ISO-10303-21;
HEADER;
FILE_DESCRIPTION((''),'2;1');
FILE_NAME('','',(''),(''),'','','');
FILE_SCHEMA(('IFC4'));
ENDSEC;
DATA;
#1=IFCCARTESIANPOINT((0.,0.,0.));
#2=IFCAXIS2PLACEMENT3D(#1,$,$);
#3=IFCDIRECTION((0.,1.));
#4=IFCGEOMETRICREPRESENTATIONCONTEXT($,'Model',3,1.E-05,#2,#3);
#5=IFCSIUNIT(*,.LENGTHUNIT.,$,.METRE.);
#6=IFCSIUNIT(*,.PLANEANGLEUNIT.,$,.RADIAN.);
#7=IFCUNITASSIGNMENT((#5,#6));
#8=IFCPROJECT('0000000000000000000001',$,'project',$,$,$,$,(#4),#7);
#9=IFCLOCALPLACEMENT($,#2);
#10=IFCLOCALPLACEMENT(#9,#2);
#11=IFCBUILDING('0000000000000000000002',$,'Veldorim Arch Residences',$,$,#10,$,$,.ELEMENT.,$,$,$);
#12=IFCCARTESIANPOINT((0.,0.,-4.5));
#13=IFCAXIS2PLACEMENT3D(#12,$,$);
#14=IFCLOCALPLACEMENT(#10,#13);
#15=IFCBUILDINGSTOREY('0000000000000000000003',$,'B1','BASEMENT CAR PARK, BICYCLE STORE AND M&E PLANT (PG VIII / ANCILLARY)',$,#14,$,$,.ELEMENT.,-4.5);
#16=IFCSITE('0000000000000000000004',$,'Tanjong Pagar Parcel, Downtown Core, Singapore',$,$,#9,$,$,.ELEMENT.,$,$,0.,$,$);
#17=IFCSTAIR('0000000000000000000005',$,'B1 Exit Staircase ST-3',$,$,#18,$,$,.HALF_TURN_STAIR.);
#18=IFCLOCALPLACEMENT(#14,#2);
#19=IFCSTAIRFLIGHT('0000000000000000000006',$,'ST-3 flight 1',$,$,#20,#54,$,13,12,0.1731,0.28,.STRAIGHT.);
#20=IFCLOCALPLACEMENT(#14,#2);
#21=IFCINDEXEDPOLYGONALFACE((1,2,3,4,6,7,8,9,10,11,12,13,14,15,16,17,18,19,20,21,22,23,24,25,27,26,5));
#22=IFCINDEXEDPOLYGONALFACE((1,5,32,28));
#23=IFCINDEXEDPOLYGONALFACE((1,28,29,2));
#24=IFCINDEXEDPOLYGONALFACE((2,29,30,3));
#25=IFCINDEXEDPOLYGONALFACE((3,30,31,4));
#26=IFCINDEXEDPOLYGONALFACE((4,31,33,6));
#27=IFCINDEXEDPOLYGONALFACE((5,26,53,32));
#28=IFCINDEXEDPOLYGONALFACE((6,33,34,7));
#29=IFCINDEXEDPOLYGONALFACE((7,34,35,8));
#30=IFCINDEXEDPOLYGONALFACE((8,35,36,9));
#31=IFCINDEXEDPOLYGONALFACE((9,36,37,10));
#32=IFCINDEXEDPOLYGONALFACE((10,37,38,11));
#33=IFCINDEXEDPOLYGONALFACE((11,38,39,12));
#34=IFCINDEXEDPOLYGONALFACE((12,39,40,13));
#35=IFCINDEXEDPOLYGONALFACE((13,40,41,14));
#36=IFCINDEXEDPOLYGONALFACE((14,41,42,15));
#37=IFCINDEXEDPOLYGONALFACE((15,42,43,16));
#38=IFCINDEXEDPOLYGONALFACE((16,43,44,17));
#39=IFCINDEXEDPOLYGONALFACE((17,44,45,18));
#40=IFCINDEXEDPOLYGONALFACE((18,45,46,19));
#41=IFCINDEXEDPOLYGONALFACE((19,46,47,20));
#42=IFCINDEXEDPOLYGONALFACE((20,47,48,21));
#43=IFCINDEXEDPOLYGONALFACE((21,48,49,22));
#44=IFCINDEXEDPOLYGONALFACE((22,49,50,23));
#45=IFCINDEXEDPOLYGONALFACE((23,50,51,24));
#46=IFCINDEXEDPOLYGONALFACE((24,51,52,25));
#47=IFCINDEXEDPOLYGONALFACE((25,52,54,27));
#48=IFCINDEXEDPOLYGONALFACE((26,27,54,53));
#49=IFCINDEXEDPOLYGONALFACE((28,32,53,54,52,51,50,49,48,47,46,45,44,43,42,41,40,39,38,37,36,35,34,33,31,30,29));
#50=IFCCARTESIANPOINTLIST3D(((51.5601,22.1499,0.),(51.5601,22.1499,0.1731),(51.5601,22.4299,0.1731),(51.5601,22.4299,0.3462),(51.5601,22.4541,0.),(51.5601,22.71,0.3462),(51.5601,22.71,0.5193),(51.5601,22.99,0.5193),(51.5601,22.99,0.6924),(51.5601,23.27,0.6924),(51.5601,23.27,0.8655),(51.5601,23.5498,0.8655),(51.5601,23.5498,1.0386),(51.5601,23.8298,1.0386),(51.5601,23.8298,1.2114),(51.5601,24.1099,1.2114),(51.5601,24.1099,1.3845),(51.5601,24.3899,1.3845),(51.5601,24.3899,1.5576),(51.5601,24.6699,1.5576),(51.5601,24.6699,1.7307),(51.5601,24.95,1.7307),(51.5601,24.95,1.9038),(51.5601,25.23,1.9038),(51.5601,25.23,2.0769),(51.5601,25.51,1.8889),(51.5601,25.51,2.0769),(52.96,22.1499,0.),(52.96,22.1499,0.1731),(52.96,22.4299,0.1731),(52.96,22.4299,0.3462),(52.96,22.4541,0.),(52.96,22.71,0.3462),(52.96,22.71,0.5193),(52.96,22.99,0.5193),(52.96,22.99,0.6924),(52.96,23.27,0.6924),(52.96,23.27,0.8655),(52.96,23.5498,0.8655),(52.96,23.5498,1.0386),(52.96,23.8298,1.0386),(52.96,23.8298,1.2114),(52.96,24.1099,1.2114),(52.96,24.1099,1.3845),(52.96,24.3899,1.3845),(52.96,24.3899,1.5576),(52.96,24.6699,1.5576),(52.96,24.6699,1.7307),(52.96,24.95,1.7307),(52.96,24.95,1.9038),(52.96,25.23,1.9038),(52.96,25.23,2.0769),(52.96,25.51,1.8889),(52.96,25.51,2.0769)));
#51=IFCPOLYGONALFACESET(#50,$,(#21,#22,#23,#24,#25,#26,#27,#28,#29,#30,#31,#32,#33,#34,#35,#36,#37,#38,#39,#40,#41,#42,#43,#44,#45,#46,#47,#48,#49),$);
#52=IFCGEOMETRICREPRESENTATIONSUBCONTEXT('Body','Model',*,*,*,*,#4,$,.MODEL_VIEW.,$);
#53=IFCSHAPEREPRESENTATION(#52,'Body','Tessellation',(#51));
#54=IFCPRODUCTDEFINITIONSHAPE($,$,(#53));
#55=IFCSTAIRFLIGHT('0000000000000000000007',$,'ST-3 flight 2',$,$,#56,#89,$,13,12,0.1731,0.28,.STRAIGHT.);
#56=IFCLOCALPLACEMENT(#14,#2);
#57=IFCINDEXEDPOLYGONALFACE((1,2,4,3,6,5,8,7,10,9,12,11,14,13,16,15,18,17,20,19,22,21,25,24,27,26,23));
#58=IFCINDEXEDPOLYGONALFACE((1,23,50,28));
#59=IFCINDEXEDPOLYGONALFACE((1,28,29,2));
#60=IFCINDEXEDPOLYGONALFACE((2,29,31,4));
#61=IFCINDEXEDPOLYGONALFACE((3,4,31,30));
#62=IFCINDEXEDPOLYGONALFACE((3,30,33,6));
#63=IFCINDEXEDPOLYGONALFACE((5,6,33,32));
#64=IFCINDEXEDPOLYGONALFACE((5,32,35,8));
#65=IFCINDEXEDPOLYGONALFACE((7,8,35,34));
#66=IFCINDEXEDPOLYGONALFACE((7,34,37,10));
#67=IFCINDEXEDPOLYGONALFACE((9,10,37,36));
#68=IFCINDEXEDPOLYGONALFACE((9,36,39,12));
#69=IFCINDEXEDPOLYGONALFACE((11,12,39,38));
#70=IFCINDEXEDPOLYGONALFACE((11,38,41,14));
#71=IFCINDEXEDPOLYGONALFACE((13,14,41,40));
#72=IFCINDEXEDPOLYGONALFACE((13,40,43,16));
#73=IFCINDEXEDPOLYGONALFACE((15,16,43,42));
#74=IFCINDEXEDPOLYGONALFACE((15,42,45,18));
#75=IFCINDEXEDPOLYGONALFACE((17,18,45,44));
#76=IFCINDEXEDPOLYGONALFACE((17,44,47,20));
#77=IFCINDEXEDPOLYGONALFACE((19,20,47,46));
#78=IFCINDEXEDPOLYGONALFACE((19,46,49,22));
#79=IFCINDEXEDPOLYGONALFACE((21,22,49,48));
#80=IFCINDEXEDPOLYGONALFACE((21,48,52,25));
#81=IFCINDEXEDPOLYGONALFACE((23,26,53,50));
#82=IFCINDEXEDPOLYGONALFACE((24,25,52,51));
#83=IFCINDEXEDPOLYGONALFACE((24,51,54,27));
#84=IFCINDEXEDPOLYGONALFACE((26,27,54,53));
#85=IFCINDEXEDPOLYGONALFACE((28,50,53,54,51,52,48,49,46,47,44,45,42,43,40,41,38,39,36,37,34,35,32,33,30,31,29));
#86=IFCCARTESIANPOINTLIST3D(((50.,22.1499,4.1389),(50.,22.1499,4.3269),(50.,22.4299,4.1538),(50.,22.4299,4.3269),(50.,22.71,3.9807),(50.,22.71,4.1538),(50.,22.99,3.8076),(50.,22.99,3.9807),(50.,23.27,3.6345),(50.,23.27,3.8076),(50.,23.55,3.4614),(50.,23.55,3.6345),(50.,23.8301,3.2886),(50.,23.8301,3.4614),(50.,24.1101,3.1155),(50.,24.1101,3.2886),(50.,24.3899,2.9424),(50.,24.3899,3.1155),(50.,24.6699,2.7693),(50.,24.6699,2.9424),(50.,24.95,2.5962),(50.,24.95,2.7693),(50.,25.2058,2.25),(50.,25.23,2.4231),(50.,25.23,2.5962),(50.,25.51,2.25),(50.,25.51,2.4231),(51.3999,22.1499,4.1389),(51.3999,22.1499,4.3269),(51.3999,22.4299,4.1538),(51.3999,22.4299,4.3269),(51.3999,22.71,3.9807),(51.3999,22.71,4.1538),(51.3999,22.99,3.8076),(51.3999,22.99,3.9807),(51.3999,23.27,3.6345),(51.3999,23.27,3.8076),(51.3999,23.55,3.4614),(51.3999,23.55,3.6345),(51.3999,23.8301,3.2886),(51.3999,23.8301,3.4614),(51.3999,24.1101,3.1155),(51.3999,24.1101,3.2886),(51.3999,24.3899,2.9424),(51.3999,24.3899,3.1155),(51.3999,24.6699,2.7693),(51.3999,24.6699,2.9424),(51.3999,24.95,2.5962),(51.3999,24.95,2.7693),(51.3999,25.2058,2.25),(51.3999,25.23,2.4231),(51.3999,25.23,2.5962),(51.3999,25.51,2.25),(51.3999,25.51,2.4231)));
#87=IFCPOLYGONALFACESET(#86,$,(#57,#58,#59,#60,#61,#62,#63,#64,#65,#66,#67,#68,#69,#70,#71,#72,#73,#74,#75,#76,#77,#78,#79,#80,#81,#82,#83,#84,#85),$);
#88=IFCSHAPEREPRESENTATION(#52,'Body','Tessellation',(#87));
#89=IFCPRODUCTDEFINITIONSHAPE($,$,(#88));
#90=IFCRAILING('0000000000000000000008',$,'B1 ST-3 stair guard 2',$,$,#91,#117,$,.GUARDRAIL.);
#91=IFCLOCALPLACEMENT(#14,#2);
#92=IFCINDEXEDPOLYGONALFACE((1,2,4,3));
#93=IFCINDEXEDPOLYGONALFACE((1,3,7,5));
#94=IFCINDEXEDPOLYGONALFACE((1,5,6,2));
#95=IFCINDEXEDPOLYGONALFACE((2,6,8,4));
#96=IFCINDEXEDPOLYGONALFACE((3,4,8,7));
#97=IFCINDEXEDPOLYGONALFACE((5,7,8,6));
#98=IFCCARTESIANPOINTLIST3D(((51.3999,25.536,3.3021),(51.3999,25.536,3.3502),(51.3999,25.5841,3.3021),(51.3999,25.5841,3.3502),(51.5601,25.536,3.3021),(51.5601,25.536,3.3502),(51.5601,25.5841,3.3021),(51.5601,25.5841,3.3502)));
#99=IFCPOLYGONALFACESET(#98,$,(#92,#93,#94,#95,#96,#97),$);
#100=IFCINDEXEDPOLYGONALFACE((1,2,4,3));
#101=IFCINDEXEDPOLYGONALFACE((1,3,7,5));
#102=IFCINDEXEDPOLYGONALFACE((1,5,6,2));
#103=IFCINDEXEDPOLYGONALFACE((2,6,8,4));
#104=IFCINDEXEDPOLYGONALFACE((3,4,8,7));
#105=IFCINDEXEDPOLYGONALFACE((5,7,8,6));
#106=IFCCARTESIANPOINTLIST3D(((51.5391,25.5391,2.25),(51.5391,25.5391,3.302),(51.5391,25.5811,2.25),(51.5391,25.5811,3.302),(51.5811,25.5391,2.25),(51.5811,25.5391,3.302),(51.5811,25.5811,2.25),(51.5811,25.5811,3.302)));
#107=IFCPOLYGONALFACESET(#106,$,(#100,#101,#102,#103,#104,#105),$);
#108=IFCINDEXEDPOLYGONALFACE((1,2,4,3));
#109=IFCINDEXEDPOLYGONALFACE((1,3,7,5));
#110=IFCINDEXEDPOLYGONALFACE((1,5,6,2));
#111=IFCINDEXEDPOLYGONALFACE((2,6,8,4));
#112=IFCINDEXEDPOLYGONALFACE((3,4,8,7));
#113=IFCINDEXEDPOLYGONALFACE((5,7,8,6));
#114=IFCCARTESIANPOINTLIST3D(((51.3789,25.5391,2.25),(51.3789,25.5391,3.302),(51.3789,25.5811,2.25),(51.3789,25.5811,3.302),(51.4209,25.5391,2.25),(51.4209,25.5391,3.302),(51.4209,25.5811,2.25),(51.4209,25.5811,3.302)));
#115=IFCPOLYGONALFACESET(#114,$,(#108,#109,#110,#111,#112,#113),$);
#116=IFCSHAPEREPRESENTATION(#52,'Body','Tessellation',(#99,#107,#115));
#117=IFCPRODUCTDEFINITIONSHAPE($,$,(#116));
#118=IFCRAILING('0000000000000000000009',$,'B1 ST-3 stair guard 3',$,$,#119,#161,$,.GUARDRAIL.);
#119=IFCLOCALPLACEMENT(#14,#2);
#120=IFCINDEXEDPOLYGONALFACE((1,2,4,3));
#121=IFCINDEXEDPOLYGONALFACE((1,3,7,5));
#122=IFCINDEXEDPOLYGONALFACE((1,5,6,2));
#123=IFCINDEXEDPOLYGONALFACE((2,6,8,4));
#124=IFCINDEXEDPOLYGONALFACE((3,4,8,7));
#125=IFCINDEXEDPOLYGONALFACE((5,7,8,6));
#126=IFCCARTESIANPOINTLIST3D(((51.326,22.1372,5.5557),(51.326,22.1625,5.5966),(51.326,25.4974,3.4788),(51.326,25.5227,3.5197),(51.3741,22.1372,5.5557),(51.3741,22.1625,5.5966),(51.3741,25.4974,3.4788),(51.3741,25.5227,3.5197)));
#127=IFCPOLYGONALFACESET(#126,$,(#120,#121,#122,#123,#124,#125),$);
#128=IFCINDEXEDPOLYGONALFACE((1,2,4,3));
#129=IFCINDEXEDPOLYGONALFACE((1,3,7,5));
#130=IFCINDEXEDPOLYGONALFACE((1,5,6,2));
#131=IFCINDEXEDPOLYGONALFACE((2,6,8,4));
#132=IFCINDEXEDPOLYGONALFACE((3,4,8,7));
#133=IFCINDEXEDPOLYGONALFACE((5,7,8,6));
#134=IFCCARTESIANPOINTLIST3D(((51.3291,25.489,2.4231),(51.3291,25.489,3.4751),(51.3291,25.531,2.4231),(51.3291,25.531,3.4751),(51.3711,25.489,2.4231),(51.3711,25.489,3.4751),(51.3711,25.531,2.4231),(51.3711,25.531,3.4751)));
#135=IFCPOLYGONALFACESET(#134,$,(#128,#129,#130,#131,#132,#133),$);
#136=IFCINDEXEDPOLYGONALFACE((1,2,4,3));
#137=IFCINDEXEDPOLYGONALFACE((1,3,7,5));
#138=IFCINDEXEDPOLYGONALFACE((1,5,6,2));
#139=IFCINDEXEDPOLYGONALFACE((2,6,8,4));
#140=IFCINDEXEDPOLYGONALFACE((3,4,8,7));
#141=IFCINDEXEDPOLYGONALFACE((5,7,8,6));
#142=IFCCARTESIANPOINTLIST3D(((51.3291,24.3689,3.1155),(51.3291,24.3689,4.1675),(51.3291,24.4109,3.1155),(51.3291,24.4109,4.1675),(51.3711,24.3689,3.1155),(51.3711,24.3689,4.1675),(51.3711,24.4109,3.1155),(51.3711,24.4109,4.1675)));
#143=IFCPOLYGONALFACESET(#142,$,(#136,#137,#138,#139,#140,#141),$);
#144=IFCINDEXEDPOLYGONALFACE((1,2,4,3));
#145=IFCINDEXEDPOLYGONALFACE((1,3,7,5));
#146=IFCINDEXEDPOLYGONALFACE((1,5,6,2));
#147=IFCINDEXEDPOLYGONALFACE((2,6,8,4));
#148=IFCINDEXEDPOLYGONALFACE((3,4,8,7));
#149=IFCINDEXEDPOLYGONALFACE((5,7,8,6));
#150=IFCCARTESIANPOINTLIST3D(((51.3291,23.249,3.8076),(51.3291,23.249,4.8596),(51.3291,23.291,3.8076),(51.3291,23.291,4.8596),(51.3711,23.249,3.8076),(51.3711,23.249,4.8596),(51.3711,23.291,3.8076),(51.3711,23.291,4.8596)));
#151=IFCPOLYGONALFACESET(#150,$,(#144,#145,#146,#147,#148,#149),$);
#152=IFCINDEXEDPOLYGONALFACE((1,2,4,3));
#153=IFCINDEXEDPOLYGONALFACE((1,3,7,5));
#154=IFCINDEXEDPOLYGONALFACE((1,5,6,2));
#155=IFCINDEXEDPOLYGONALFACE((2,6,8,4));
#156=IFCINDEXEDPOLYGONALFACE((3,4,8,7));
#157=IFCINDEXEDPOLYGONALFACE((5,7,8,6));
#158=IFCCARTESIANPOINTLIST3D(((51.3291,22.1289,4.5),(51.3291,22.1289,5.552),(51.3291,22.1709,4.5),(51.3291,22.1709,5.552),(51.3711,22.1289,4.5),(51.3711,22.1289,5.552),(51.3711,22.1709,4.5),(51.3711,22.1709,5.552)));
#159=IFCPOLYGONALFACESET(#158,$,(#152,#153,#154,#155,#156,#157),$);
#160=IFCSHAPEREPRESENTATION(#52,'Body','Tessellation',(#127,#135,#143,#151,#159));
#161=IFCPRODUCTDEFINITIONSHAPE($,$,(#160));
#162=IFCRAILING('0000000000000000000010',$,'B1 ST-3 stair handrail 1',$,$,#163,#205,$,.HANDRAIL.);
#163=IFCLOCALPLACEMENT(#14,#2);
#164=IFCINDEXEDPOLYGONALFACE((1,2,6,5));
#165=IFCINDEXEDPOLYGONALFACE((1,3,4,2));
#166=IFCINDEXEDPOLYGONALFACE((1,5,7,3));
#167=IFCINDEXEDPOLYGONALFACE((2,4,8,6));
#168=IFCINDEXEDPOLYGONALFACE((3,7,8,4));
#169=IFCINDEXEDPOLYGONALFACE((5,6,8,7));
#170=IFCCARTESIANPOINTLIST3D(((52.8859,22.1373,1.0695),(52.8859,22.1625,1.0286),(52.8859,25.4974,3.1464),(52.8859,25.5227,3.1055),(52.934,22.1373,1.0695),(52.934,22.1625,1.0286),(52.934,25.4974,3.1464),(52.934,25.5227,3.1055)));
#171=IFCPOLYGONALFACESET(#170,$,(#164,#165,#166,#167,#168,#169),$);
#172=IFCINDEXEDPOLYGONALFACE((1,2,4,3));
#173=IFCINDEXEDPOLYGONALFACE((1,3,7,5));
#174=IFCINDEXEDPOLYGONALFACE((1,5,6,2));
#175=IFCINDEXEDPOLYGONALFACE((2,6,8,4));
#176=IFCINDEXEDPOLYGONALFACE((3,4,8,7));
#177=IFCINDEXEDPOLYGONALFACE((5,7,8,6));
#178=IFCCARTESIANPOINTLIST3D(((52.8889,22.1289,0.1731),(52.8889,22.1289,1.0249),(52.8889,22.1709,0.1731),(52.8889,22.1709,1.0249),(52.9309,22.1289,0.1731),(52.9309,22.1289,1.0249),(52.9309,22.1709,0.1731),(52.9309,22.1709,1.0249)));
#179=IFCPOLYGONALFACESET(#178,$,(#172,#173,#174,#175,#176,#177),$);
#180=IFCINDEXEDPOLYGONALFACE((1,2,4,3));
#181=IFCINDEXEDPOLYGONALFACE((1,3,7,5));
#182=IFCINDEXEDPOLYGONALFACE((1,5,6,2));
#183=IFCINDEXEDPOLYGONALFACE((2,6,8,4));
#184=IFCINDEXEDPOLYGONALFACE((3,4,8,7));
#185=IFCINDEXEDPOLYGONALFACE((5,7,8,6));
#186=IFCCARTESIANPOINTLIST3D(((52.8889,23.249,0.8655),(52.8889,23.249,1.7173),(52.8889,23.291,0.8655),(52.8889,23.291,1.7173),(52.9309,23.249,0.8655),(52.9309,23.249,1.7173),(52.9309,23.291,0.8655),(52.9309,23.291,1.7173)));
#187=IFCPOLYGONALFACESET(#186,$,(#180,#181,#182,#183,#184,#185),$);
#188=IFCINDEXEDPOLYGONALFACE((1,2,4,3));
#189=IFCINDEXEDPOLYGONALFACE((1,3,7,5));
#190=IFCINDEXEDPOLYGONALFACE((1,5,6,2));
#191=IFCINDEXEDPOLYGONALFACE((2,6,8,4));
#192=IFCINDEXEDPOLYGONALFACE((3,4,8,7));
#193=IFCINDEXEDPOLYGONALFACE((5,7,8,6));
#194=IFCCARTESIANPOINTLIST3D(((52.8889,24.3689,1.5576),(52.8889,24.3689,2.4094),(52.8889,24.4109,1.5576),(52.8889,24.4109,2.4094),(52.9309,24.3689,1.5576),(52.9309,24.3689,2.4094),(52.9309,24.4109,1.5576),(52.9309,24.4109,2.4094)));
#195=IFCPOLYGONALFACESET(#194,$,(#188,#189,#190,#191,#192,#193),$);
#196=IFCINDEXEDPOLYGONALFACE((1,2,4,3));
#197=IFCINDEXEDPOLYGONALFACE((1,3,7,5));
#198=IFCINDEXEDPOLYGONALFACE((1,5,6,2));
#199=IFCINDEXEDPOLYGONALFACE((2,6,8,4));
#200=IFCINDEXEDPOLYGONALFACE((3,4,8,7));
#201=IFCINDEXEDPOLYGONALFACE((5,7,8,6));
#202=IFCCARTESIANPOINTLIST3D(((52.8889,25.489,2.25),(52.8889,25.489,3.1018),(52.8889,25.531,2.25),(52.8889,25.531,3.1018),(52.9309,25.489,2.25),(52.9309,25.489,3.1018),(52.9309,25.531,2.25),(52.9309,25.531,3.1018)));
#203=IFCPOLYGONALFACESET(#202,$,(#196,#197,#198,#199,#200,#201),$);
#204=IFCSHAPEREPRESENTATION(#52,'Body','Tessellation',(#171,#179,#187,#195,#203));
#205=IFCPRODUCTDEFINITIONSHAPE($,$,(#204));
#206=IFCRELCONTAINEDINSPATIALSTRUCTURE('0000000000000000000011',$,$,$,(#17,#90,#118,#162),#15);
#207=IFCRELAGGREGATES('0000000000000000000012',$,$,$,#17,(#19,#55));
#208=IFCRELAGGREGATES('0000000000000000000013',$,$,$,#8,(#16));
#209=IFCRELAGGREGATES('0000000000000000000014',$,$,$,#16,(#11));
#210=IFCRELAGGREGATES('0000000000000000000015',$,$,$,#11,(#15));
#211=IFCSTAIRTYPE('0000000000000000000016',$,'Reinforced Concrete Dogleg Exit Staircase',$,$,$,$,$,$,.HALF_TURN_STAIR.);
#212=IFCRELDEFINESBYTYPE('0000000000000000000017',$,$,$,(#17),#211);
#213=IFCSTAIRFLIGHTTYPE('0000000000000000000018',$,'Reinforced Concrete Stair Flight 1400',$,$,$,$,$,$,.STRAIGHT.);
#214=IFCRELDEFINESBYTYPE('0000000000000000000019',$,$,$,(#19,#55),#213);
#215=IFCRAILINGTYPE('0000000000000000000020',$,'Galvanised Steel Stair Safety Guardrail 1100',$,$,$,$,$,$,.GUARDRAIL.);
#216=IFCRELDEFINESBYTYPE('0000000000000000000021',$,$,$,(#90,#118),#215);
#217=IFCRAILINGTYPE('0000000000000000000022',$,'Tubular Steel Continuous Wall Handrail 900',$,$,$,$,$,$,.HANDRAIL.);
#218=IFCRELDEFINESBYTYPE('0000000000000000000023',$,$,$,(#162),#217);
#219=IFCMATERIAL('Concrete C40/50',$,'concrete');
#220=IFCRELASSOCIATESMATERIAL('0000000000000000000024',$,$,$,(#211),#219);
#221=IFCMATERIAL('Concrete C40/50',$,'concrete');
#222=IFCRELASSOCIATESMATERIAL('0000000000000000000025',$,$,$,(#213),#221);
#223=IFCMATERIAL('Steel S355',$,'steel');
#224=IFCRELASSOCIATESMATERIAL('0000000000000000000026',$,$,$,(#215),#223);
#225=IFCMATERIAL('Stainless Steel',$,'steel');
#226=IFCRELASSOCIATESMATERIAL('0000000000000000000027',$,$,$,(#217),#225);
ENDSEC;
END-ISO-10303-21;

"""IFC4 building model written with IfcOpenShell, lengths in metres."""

from ifc_helpers import new_model, si_unit, direction, frame, origin, origin_2d, place, context, subcontext, project, spatial, polyline, rectangle, outline, extrude, material, type_object, element, aggregate, save


model = new_model("IFC4")

# Units and contexts
model_context = context("Model", 3, precision=1e-05, world=origin(), true_north=direction((0.0, 1.0)))
body_context = subcontext(model_context, "Body", "Model", "MODEL_VIEW")
ifc_project = project(units=[si_unit("LENGTHUNIT", "METRE"), si_unit("PLANEANGLEUNIT", "RADIAN")], contexts=[model_context])

# Site, building, storey
site_placement = place(None, origin())
site = spatial("IfcSite", under=ifc_project, at=site_placement, Name="Tanjong Pagar Parcel, Downtown Core, Singapore", CompositionType="ELEMENT", RefElevation=0.0)
building_placement = place(site_placement, origin())
building = spatial("IfcBuilding", under=site, at=building_placement, Name="Veldorim Arch Residences", CompositionType="ELEMENT")
storey_placement = place(building_placement, frame((0.0, 0.0, -4.5)))
storey = spatial("IfcBuildingStorey", under=building, at=storey_placement, Name="B1", Description="BASEMENT CAR PARK, BICYCLE STORE AND M&E PLANT (PG VIII / ANCILLARY)", CompositionType="ELEMENT", Elevation=-4.5)

# Stair, stair flights
ifc_material_1 = material(Name="Concrete C40/50", Category="concrete")
stair_type = type_object("IfcStairType", Name="Reinforced Concrete Dogleg Exit Staircase", PredefinedType="HALF_TURN_STAIR", material=ifc_material_1)
stair_placement = place(storey_placement, origin())
stair = element("IfcStair", 1, at=stair_placement, inside=storey, type_object=stair_type, Name="B1 Exit Staircase ST-3", PredefinedType="HALF_TURN_STAIR")
ifc_material_2 = material(Name="Concrete C40/50", Category="concrete")
stair_flight_type = type_object("IfcStairFlightType", Name="Reinforced Concrete Stair Flight 1400", PredefinedType="STRAIGHT", material=ifc_material_2)
stair_flight_1_placement = place(storey_placement, frame((52.26, 22.1499, 0.0), z_axis=(0.0, 0.0, 1.0), x_axis=(0.0, 1.0, 0.0)))
stair_flight_1 = element("IfcStairFlight", 2, at=stair_flight_1_placement, type_object=stair_flight_type, Name="ST-3 flight 1", NumberOfRisers=13, NumberOfTreads=12, PredefinedType="STRAIGHT", RiserHeight=0.1731, TreadLength=0.28, context=body_context, shape_type="SweptSolid", body=[
    extrude(outline(polyline([(0.0, 0.0), (0.0, 0.1731), (0.28, 0.1731), (0.28, 0.3462), (0.5601, 0.3462), (0.5601, 0.5193), (0.8401, 0.5193), (0.8401, 0.6924), (1.1201, 0.6924), (1.1201, 0.8655), (1.3999, 0.8655), (1.3999, 1.0386), (1.6799, 1.0386), (1.6799, 1.2114), (1.96, 1.2114), (1.96, 1.3845), (2.24, 1.3845), (2.24, 1.5576), (2.52, 1.5576), (2.52, 1.7307), (2.8, 1.7307), (2.8, 1.9038), (3.0801, 1.9038), (3.0801, 2.0769), (3.3601, 2.0769), (3.3601, 2.25), (3.3601, 1.8889), (0.3042, 0.0), (0.0, 0.0)])), frame((0.0, 0.7, 0.0), z_axis=(0.0, -1.0, 0.0), x_axis=(1.0, 0.0, 0.0)), (0.0, 0.0, 1.0), 1.3999),
])
stair_flight_2_placement = place(storey_placement, frame((50.7, 25.51, 2.25), z_axis=(0.0, 0.0, 1.0), x_axis=(0.0, -1.0, 0.0)))
stair_flight_2 = element("IfcStairFlight", 3, at=stair_flight_2_placement, type_object=stair_flight_type, Name="ST-3 flight 2", NumberOfRisers=13, NumberOfTreads=12, PredefinedType="STRAIGHT", RiserHeight=0.1731, TreadLength=0.28, context=body_context, shape_type="SweptSolid", body=[
    extrude(outline(polyline([(0.0, 0.0), (0.0, 0.1731), (0.28, 0.1731), (0.28, 0.3462), (0.5601, 0.3462), (0.5601, 0.5193), (0.8401, 0.5193), (0.8401, 0.6924), (1.1201, 0.6924), (1.1201, 0.8655), (1.3999, 0.8655), (1.3999, 1.0386), (1.6799, 1.0386), (1.6799, 1.2114), (1.96, 1.2114), (1.96, 1.3845), (2.24, 1.3845), (2.24, 1.5576), (2.52, 1.5576), (2.52, 1.7307), (2.8, 1.7307), (2.8, 1.9038), (3.0801, 1.9038), (3.0801, 2.0769), (3.3601, 2.0769), (3.3601, 2.25), (3.3601, 1.8889), (0.3042, 0.0), (0.0, 0.0)])), frame((0.0, 0.7, 0.0), z_axis=(0.0, -1.0, 0.0), x_axis=(1.0, 0.0, 0.0)), (0.0, 0.0, 1.0), 1.3999),
])
aggregate(stair, [stair_flight_1, stair_flight_2])

# Railings
ifc_material_3 = material(Name="Steel S355", Category="steel")
railing_type_1 = type_object("IfcRailingType", Name="Galvanised Steel Stair Safety Guardrail 1100", PredefinedType="GUARDRAIL", material=ifc_material_3)
railing_1_placement = place(storey_placement, frame((51.5601, 25.5601, 2.25)))
element("IfcRailing", 4, at=railing_1_placement, inside=storey, type_object=railing_type_1, Name="B1 ST-3 stair guard 2", PredefinedType="GUARDRAIL", context=body_context, shape_type="SweptSolid", body=[
    extrude(rectangle(XDim=0.0481, YDim=0.0481, at=origin_2d()), frame((0.0, 0.0, 1.0762), z_axis=(-1.0, 0.0, 0.0), x_axis=(0.0, -1.0, 0.0)), (0.0, 0.0, 1.0), 0.1602),
    extrude(rectangle(XDim=0.042, YDim=0.042, at=origin_2d()), origin(), (0.0, 0.0, 1.0), 1.052),
    extrude(rectangle(XDim=0.042, YDim=0.042, at=origin_2d()), frame((-0.1602, 0.0, 0.0)), (0.0, 0.0, 1.0), 1.052),
])
railing_2_placement = place(storey_placement, frame((51.3501, 25.51, 2.4231)))
element("IfcRailing", 5, at=railing_2_placement, inside=storey, type_object=railing_type_1, Name="B1 ST-3 stair guard 3", PredefinedType="GUARDRAIL", context=body_context, shape_type="SweptSolid", body=[
    extrude(rectangle(XDim=0.0481, YDim=0.0481, at=origin_2d()), frame((0.0, 0.0, 1.0762), z_axis=(0.0, -0.850623, 0.525776), x_axis=(1.0, 0.0, 0.0)), (0.0, 0.0, 1.0), 3.9502),
    extrude(rectangle(XDim=0.042, YDim=0.042, at=origin_2d()), origin(), (0.0, 0.0, 1.0), 1.052),
    extrude(rectangle(XDim=0.042, YDim=0.042, at=origin_2d()), frame((0.0, -1.1201, 0.6924)), (0.0, 0.0, 1.0), 1.052),
    extrude(rectangle(XDim=0.042, YDim=0.042, at=origin_2d()), frame((0.0, -2.24, 1.3845)), (0.0, 0.0, 1.0), 1.052),
    extrude(rectangle(XDim=0.042, YDim=0.042, at=origin_2d()), frame((0.0, -3.3601, 2.0769)), (0.0, 0.0, 1.0), 1.052),
])
ifc_material_4 = material(Name="Stainless Steel", Category="steel")
railing_type_2 = type_object("IfcRailingType", Name="Tubular Steel Continuous Wall Handrail 900", PredefinedType="HANDRAIL", material=ifc_material_4)
railing_3_placement = place(storey_placement, frame((52.9099, 22.1499, 0.1731)))
element("IfcRailing", 6, at=railing_3_placement, inside=storey, type_object=railing_type_2, Name="B1 ST-3 stair handrail 1", PredefinedType="HANDRAIL", context=body_context, shape_type="SweptSolid", body=[
    extrude(rectangle(XDim=0.0481, YDim=0.0481, at=origin_2d()), frame((0.0, 0.0, 0.876), z_axis=(0.0, 0.850623, 0.525776), x_axis=(-1.0, 0.0, 0.0)), (0.0, 0.0, 1.0), 3.9502),
    extrude(rectangle(XDim=0.042, YDim=0.042, at=origin_2d()), origin(), (0.0, 0.0, 1.0), 0.8518),
    extrude(rectangle(XDim=0.042, YDim=0.042, at=origin_2d()), frame((0.0, 1.1201, 0.6924)), (0.0, 0.0, 1.0), 0.8518),
    extrude(rectangle(XDim=0.042, YDim=0.042, at=origin_2d()), frame((0.0, 2.24, 1.3845)), (0.0, 0.0, 1.0), 0.8518),
    extrude(rectangle(XDim=0.042, YDim=0.042, at=origin_2d()), frame((0.0, 3.3601, 2.0769)), (0.0, 0.0, 1.0), 0.8518),
])

save(model, "model.ifc")
